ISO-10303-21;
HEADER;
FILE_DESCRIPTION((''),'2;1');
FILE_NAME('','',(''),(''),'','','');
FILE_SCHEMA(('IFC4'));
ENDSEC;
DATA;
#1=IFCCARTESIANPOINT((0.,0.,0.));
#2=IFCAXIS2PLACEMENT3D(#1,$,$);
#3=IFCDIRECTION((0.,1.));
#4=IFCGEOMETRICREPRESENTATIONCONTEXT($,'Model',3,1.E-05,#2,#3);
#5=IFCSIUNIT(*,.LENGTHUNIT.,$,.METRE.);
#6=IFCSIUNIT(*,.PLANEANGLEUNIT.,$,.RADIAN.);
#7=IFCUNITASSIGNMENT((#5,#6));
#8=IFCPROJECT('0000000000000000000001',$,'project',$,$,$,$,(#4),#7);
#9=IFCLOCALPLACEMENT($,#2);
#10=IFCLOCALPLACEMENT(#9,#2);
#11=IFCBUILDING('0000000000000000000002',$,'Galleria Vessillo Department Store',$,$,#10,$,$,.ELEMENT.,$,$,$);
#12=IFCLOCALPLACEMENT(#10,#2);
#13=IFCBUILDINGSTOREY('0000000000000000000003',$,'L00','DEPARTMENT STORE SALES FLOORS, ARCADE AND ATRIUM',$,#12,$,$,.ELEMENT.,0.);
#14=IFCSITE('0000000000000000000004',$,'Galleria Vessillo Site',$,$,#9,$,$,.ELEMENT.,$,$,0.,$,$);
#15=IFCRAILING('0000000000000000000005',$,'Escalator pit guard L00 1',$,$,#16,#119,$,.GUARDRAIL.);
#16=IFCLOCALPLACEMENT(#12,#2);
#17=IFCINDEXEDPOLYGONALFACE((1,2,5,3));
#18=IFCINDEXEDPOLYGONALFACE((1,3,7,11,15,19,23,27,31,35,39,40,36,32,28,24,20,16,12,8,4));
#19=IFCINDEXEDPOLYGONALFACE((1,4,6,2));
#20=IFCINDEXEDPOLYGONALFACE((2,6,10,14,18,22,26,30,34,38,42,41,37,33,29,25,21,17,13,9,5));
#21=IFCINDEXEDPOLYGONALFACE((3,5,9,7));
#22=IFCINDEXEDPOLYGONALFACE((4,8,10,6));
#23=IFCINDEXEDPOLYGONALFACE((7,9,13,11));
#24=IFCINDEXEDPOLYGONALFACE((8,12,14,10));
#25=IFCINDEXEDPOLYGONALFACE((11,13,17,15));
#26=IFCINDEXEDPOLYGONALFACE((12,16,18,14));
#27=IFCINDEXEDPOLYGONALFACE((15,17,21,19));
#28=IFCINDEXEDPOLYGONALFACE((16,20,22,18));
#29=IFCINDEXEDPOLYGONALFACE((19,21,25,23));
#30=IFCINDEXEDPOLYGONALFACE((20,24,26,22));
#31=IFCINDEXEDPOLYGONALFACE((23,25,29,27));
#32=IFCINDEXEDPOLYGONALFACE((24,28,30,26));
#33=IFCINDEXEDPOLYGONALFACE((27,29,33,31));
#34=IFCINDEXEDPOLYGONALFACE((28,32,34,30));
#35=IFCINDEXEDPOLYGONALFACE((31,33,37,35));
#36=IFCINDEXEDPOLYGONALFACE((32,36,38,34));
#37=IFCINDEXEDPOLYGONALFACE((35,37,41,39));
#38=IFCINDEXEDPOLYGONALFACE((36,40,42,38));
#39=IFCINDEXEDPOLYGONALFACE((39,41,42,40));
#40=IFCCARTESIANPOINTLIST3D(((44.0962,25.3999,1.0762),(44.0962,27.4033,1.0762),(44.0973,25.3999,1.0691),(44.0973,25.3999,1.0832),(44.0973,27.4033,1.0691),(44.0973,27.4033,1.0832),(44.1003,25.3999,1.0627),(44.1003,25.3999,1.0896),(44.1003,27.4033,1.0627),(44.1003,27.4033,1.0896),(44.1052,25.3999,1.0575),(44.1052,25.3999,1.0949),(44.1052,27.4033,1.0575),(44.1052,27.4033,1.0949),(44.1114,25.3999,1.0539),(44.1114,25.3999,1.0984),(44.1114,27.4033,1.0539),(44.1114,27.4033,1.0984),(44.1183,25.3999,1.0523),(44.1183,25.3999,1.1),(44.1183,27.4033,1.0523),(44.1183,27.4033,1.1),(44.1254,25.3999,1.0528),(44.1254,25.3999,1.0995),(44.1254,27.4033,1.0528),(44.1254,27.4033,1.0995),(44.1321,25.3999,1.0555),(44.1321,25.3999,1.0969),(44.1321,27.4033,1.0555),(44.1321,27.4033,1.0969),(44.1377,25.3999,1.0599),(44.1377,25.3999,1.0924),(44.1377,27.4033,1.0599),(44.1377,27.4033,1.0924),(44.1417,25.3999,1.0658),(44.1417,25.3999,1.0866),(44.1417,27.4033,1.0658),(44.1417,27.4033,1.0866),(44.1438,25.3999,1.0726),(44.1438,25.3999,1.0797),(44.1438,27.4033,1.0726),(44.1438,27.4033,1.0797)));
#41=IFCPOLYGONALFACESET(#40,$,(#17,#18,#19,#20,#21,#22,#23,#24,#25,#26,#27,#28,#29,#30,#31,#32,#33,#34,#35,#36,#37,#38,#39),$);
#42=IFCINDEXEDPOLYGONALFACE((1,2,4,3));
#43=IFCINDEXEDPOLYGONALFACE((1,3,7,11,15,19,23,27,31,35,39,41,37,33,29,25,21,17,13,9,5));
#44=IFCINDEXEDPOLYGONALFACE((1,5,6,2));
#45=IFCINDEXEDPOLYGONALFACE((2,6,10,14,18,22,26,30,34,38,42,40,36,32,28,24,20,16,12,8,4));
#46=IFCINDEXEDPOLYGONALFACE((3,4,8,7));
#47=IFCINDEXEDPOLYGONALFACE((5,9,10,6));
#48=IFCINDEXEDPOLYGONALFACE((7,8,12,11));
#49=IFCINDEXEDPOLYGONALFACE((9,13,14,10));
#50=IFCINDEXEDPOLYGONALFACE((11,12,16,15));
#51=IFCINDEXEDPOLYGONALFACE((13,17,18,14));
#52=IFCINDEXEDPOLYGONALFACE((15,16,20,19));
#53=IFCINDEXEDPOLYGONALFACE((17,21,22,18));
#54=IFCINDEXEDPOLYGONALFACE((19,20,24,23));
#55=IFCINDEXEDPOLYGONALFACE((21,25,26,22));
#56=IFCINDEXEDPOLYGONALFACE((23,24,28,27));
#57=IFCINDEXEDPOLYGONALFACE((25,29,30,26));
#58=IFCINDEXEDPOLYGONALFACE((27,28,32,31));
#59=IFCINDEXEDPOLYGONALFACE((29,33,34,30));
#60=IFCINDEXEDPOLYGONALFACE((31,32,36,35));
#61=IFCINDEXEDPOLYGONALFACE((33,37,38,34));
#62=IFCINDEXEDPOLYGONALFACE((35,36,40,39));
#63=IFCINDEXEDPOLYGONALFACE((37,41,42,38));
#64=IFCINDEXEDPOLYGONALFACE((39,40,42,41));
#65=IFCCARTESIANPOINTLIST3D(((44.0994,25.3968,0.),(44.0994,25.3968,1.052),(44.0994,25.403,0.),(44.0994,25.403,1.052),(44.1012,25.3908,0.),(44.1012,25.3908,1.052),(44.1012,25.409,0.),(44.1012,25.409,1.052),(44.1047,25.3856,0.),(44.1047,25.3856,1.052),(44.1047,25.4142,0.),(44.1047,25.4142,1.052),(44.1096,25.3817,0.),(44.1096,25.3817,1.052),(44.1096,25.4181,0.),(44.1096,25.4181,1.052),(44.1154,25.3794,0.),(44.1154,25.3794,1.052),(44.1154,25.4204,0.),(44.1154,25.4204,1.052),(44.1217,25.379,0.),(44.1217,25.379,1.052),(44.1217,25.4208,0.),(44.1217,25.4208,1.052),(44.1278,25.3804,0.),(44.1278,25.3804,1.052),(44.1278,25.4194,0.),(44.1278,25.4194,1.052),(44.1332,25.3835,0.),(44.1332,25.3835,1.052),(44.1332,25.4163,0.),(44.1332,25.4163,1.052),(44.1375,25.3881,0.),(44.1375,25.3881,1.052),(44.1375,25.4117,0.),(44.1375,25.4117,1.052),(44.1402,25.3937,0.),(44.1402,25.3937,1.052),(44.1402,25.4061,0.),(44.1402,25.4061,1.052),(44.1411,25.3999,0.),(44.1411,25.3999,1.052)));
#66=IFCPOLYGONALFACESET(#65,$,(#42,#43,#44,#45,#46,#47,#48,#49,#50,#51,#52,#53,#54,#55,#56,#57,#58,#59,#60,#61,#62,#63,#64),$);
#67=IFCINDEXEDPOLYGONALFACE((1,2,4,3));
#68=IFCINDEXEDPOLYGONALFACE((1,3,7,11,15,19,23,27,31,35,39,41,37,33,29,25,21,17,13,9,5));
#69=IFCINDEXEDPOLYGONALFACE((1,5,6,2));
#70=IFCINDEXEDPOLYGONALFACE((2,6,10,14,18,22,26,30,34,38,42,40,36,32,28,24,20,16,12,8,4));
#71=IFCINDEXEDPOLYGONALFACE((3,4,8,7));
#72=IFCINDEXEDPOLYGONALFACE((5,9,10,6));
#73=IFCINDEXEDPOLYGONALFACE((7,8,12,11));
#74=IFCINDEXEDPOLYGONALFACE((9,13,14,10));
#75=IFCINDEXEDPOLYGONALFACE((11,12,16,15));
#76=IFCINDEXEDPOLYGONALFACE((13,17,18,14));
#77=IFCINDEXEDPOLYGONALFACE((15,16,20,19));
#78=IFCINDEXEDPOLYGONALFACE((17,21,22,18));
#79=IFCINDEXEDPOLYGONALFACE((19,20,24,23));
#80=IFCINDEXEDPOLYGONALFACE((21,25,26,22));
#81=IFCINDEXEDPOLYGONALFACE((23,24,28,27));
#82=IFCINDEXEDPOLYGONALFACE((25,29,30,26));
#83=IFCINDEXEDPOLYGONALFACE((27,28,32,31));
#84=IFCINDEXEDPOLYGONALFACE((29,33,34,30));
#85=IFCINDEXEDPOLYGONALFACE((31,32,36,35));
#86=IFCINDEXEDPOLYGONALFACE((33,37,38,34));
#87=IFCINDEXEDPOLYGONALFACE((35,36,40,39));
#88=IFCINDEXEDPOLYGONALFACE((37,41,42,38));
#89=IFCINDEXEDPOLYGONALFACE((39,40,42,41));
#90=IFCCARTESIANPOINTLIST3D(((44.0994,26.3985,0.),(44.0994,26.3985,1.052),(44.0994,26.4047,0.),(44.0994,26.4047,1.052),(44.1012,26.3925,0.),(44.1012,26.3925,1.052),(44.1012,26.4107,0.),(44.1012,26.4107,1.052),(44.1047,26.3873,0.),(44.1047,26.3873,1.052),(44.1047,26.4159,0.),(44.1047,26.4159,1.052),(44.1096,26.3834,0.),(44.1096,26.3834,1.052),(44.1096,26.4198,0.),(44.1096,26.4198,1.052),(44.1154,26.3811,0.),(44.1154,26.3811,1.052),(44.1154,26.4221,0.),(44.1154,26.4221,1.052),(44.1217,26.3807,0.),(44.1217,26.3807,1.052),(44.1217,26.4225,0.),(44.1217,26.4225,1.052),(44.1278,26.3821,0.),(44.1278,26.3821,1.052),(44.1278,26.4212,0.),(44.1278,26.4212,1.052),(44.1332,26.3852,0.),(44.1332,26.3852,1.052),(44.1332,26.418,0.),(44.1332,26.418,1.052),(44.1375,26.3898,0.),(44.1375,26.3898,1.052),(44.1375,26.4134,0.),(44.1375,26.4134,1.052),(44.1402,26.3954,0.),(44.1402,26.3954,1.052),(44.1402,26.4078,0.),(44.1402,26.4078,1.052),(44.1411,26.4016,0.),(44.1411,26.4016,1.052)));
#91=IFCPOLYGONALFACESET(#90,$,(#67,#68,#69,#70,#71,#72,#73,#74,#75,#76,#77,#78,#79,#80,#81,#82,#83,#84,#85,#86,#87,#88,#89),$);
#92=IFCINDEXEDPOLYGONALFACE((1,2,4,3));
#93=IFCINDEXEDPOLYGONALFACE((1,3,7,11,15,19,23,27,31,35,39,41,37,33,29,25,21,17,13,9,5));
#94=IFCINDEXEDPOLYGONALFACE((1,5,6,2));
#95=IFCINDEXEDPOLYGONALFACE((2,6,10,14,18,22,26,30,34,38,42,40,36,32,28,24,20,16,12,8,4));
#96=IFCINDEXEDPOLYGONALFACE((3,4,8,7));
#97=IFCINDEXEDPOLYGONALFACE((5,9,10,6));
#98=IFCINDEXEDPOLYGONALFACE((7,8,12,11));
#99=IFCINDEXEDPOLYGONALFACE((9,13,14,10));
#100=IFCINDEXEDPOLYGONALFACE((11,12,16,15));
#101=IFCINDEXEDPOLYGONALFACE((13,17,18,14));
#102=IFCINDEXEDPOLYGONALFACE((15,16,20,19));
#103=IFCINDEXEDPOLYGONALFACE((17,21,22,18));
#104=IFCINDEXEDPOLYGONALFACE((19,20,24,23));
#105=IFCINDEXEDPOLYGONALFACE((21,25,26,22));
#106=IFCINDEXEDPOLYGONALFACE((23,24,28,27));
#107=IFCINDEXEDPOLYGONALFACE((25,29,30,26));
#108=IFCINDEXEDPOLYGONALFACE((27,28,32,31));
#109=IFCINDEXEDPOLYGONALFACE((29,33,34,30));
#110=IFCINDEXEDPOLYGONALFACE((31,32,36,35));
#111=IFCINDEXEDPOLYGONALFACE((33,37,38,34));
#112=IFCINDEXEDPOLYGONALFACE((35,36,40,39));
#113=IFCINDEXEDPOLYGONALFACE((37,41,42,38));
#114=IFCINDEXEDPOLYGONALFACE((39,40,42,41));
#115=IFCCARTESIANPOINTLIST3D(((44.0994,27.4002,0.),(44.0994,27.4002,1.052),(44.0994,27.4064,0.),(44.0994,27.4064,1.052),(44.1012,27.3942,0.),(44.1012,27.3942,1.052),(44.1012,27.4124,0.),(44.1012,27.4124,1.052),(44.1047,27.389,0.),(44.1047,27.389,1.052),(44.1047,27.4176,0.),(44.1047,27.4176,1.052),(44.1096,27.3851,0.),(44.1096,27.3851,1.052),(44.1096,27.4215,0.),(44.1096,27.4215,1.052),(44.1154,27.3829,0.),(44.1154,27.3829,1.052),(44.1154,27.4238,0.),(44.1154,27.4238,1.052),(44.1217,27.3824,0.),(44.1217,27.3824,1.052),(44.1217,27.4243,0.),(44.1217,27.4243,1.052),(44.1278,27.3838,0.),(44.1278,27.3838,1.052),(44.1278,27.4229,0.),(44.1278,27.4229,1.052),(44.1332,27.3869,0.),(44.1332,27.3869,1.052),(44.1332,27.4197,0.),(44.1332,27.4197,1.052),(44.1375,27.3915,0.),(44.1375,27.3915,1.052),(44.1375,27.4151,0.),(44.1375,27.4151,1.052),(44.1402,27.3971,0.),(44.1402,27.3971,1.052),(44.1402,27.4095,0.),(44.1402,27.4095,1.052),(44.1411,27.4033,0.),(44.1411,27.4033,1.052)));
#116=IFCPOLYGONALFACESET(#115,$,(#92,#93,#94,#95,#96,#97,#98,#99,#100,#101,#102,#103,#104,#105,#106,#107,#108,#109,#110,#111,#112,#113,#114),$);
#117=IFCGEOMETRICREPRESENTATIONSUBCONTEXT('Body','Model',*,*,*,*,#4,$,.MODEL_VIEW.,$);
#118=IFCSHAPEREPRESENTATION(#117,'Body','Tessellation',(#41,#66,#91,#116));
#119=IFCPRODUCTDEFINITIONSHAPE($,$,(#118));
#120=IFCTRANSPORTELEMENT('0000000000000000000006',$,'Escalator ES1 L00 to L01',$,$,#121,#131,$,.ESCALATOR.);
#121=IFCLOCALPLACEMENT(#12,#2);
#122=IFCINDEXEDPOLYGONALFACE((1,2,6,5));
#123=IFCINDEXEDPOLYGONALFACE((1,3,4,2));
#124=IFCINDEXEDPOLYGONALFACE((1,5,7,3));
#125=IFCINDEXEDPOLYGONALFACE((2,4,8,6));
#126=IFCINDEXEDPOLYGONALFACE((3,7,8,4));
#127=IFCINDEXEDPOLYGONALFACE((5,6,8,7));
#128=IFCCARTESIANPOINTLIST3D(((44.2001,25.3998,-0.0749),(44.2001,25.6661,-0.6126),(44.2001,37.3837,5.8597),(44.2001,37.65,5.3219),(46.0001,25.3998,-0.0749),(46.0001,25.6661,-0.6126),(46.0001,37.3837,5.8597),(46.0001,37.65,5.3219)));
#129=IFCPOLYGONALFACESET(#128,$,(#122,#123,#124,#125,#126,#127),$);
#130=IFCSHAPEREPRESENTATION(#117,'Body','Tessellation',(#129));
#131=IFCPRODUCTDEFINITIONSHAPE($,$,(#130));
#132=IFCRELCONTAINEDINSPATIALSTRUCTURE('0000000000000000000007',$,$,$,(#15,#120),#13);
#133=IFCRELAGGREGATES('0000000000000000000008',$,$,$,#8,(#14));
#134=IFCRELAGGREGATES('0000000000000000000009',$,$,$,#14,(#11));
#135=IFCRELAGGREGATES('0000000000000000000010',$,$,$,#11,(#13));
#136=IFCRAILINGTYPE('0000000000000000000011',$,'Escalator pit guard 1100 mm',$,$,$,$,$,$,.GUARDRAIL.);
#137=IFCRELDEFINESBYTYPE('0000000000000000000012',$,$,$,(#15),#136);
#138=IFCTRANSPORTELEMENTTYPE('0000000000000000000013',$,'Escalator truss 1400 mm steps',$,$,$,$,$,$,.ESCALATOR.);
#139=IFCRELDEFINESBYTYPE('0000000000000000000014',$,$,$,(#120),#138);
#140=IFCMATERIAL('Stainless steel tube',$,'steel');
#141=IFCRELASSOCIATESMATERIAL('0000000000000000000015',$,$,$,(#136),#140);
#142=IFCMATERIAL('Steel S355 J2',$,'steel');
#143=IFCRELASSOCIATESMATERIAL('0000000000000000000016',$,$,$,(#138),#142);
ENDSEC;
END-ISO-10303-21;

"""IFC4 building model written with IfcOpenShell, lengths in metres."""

from ifc_helpers import new_model, si_unit, direction, frame, origin, origin_2d, place, context, subcontext, project, spatial, rectangle, circle, extrude, material, material_profile, profile_set, type_object, element, save


model = new_model("IFC4")

# Units and contexts
model_context = context("Model", 3, precision=1e-05, world=origin(), true_north=direction((0.0, 1.0)))
body_context = subcontext(model_context, "Body", "Model", "MODEL_VIEW")
ifc_project = project(units=[si_unit("LENGTHUNIT", "METRE"), si_unit("PLANEANGLEUNIT", "RADIAN")], contexts=[model_context])

# Site, building, storey
site_placement = place(None, origin())
site = spatial("IfcSite", under=ifc_project, at=site_placement, Name="Galleria Vessillo Site", CompositionType="ELEMENT", RefElevation=0.0)
building_placement = place(site_placement, origin())
building = spatial("IfcBuilding", under=site, at=building_placement, Name="Galleria Vessillo Department Store", CompositionType="ELEMENT")
storey_placement = place(building_placement, origin())
storey = spatial("IfcBuildingStorey", under=building, at=storey_placement, Name="L00", Description="DEPARTMENT STORE SALES FLOORS, ARCADE AND ATRIUM", CompositionType="ELEMENT", Elevation=0.0)

# Railing
ifc_material_1 = material(Name="Stainless steel tube", Category="steel")
railing_type_1 = type_object("IfcRailingType", Name="Escalator pit guard 1100 mm", PredefinedType="GUARDRAIL", material=ifc_material_1)
railing_1_placement = place(storey_placement, frame((44.1201, 25.3999, 0.0)))
element("IfcRailing", 1, at=railing_1_placement, inside=storey, type_object=railing_type_1, Name="Escalator pit guard L00 1", PredefinedType="GUARDRAIL", context=body_context, shape_type="SweptSolid", body=[
    extrude(circle(Radius=0.0239, at=origin_2d()), frame((0.0, 0.0, 1.0762), z_axis=(0.0, 1.0, 0.0), x_axis=(-1.0, 0.0, 0.0)), (0.0, 0.0, 1.0), 2.0034),
    extrude(circle(Radius=0.021, at=origin_2d()), origin(), (0.0, 0.0, 1.0), 1.052),
    extrude(circle(Radius=0.021, at=origin_2d()), frame((0.0, 1.0017, 0.0)), (0.0, 0.0, 1.0), 1.052),
    extrude(circle(Radius=0.021, at=origin_2d()), frame((0.0, 2.0034, 0.0)), (0.0, 0.0, 1.0), 1.052),
])

# Transport element
ifc_material_2 = material(Name="Steel S355 J2", Category="steel")
ifc_material_profile_1 = material_profile(ifc_material_2, rectangle(XDim=1.8, YDim=0.6001, at=origin_2d()), Name="Escalator truss 1800 x 600")
ifc_profile_set_1 = profile_set([ifc_material_profile_1], Name="Steel S355 J2")
transport_element_type = type_object("IfcTransportElementType", Name="Escalator truss 1400 mm steps", PredefinedType="ESCALATOR", material=ifc_profile_set_1)
transport_element_placement = place(storey_placement, frame((45.1001, 25.533, -0.3438), z_axis=(0.0, 0.896137, 0.443778), x_axis=(-1.0, 0.0, 0.0)))
element("IfcTransportElement", 2, at=transport_element_placement, inside=storey, type_object=transport_element_type, Name="Escalator ES1 L00 to L01", PredefinedType="ESCALATOR", context=body_context, shape_type="SweptSolid", body=[
    extrude(rectangle(XDim=1.8, YDim=0.6001, at=origin_2d()), origin(), (0.0, 0.0, 1.0), 13.3728),
])

save(model, "model.ifc")
